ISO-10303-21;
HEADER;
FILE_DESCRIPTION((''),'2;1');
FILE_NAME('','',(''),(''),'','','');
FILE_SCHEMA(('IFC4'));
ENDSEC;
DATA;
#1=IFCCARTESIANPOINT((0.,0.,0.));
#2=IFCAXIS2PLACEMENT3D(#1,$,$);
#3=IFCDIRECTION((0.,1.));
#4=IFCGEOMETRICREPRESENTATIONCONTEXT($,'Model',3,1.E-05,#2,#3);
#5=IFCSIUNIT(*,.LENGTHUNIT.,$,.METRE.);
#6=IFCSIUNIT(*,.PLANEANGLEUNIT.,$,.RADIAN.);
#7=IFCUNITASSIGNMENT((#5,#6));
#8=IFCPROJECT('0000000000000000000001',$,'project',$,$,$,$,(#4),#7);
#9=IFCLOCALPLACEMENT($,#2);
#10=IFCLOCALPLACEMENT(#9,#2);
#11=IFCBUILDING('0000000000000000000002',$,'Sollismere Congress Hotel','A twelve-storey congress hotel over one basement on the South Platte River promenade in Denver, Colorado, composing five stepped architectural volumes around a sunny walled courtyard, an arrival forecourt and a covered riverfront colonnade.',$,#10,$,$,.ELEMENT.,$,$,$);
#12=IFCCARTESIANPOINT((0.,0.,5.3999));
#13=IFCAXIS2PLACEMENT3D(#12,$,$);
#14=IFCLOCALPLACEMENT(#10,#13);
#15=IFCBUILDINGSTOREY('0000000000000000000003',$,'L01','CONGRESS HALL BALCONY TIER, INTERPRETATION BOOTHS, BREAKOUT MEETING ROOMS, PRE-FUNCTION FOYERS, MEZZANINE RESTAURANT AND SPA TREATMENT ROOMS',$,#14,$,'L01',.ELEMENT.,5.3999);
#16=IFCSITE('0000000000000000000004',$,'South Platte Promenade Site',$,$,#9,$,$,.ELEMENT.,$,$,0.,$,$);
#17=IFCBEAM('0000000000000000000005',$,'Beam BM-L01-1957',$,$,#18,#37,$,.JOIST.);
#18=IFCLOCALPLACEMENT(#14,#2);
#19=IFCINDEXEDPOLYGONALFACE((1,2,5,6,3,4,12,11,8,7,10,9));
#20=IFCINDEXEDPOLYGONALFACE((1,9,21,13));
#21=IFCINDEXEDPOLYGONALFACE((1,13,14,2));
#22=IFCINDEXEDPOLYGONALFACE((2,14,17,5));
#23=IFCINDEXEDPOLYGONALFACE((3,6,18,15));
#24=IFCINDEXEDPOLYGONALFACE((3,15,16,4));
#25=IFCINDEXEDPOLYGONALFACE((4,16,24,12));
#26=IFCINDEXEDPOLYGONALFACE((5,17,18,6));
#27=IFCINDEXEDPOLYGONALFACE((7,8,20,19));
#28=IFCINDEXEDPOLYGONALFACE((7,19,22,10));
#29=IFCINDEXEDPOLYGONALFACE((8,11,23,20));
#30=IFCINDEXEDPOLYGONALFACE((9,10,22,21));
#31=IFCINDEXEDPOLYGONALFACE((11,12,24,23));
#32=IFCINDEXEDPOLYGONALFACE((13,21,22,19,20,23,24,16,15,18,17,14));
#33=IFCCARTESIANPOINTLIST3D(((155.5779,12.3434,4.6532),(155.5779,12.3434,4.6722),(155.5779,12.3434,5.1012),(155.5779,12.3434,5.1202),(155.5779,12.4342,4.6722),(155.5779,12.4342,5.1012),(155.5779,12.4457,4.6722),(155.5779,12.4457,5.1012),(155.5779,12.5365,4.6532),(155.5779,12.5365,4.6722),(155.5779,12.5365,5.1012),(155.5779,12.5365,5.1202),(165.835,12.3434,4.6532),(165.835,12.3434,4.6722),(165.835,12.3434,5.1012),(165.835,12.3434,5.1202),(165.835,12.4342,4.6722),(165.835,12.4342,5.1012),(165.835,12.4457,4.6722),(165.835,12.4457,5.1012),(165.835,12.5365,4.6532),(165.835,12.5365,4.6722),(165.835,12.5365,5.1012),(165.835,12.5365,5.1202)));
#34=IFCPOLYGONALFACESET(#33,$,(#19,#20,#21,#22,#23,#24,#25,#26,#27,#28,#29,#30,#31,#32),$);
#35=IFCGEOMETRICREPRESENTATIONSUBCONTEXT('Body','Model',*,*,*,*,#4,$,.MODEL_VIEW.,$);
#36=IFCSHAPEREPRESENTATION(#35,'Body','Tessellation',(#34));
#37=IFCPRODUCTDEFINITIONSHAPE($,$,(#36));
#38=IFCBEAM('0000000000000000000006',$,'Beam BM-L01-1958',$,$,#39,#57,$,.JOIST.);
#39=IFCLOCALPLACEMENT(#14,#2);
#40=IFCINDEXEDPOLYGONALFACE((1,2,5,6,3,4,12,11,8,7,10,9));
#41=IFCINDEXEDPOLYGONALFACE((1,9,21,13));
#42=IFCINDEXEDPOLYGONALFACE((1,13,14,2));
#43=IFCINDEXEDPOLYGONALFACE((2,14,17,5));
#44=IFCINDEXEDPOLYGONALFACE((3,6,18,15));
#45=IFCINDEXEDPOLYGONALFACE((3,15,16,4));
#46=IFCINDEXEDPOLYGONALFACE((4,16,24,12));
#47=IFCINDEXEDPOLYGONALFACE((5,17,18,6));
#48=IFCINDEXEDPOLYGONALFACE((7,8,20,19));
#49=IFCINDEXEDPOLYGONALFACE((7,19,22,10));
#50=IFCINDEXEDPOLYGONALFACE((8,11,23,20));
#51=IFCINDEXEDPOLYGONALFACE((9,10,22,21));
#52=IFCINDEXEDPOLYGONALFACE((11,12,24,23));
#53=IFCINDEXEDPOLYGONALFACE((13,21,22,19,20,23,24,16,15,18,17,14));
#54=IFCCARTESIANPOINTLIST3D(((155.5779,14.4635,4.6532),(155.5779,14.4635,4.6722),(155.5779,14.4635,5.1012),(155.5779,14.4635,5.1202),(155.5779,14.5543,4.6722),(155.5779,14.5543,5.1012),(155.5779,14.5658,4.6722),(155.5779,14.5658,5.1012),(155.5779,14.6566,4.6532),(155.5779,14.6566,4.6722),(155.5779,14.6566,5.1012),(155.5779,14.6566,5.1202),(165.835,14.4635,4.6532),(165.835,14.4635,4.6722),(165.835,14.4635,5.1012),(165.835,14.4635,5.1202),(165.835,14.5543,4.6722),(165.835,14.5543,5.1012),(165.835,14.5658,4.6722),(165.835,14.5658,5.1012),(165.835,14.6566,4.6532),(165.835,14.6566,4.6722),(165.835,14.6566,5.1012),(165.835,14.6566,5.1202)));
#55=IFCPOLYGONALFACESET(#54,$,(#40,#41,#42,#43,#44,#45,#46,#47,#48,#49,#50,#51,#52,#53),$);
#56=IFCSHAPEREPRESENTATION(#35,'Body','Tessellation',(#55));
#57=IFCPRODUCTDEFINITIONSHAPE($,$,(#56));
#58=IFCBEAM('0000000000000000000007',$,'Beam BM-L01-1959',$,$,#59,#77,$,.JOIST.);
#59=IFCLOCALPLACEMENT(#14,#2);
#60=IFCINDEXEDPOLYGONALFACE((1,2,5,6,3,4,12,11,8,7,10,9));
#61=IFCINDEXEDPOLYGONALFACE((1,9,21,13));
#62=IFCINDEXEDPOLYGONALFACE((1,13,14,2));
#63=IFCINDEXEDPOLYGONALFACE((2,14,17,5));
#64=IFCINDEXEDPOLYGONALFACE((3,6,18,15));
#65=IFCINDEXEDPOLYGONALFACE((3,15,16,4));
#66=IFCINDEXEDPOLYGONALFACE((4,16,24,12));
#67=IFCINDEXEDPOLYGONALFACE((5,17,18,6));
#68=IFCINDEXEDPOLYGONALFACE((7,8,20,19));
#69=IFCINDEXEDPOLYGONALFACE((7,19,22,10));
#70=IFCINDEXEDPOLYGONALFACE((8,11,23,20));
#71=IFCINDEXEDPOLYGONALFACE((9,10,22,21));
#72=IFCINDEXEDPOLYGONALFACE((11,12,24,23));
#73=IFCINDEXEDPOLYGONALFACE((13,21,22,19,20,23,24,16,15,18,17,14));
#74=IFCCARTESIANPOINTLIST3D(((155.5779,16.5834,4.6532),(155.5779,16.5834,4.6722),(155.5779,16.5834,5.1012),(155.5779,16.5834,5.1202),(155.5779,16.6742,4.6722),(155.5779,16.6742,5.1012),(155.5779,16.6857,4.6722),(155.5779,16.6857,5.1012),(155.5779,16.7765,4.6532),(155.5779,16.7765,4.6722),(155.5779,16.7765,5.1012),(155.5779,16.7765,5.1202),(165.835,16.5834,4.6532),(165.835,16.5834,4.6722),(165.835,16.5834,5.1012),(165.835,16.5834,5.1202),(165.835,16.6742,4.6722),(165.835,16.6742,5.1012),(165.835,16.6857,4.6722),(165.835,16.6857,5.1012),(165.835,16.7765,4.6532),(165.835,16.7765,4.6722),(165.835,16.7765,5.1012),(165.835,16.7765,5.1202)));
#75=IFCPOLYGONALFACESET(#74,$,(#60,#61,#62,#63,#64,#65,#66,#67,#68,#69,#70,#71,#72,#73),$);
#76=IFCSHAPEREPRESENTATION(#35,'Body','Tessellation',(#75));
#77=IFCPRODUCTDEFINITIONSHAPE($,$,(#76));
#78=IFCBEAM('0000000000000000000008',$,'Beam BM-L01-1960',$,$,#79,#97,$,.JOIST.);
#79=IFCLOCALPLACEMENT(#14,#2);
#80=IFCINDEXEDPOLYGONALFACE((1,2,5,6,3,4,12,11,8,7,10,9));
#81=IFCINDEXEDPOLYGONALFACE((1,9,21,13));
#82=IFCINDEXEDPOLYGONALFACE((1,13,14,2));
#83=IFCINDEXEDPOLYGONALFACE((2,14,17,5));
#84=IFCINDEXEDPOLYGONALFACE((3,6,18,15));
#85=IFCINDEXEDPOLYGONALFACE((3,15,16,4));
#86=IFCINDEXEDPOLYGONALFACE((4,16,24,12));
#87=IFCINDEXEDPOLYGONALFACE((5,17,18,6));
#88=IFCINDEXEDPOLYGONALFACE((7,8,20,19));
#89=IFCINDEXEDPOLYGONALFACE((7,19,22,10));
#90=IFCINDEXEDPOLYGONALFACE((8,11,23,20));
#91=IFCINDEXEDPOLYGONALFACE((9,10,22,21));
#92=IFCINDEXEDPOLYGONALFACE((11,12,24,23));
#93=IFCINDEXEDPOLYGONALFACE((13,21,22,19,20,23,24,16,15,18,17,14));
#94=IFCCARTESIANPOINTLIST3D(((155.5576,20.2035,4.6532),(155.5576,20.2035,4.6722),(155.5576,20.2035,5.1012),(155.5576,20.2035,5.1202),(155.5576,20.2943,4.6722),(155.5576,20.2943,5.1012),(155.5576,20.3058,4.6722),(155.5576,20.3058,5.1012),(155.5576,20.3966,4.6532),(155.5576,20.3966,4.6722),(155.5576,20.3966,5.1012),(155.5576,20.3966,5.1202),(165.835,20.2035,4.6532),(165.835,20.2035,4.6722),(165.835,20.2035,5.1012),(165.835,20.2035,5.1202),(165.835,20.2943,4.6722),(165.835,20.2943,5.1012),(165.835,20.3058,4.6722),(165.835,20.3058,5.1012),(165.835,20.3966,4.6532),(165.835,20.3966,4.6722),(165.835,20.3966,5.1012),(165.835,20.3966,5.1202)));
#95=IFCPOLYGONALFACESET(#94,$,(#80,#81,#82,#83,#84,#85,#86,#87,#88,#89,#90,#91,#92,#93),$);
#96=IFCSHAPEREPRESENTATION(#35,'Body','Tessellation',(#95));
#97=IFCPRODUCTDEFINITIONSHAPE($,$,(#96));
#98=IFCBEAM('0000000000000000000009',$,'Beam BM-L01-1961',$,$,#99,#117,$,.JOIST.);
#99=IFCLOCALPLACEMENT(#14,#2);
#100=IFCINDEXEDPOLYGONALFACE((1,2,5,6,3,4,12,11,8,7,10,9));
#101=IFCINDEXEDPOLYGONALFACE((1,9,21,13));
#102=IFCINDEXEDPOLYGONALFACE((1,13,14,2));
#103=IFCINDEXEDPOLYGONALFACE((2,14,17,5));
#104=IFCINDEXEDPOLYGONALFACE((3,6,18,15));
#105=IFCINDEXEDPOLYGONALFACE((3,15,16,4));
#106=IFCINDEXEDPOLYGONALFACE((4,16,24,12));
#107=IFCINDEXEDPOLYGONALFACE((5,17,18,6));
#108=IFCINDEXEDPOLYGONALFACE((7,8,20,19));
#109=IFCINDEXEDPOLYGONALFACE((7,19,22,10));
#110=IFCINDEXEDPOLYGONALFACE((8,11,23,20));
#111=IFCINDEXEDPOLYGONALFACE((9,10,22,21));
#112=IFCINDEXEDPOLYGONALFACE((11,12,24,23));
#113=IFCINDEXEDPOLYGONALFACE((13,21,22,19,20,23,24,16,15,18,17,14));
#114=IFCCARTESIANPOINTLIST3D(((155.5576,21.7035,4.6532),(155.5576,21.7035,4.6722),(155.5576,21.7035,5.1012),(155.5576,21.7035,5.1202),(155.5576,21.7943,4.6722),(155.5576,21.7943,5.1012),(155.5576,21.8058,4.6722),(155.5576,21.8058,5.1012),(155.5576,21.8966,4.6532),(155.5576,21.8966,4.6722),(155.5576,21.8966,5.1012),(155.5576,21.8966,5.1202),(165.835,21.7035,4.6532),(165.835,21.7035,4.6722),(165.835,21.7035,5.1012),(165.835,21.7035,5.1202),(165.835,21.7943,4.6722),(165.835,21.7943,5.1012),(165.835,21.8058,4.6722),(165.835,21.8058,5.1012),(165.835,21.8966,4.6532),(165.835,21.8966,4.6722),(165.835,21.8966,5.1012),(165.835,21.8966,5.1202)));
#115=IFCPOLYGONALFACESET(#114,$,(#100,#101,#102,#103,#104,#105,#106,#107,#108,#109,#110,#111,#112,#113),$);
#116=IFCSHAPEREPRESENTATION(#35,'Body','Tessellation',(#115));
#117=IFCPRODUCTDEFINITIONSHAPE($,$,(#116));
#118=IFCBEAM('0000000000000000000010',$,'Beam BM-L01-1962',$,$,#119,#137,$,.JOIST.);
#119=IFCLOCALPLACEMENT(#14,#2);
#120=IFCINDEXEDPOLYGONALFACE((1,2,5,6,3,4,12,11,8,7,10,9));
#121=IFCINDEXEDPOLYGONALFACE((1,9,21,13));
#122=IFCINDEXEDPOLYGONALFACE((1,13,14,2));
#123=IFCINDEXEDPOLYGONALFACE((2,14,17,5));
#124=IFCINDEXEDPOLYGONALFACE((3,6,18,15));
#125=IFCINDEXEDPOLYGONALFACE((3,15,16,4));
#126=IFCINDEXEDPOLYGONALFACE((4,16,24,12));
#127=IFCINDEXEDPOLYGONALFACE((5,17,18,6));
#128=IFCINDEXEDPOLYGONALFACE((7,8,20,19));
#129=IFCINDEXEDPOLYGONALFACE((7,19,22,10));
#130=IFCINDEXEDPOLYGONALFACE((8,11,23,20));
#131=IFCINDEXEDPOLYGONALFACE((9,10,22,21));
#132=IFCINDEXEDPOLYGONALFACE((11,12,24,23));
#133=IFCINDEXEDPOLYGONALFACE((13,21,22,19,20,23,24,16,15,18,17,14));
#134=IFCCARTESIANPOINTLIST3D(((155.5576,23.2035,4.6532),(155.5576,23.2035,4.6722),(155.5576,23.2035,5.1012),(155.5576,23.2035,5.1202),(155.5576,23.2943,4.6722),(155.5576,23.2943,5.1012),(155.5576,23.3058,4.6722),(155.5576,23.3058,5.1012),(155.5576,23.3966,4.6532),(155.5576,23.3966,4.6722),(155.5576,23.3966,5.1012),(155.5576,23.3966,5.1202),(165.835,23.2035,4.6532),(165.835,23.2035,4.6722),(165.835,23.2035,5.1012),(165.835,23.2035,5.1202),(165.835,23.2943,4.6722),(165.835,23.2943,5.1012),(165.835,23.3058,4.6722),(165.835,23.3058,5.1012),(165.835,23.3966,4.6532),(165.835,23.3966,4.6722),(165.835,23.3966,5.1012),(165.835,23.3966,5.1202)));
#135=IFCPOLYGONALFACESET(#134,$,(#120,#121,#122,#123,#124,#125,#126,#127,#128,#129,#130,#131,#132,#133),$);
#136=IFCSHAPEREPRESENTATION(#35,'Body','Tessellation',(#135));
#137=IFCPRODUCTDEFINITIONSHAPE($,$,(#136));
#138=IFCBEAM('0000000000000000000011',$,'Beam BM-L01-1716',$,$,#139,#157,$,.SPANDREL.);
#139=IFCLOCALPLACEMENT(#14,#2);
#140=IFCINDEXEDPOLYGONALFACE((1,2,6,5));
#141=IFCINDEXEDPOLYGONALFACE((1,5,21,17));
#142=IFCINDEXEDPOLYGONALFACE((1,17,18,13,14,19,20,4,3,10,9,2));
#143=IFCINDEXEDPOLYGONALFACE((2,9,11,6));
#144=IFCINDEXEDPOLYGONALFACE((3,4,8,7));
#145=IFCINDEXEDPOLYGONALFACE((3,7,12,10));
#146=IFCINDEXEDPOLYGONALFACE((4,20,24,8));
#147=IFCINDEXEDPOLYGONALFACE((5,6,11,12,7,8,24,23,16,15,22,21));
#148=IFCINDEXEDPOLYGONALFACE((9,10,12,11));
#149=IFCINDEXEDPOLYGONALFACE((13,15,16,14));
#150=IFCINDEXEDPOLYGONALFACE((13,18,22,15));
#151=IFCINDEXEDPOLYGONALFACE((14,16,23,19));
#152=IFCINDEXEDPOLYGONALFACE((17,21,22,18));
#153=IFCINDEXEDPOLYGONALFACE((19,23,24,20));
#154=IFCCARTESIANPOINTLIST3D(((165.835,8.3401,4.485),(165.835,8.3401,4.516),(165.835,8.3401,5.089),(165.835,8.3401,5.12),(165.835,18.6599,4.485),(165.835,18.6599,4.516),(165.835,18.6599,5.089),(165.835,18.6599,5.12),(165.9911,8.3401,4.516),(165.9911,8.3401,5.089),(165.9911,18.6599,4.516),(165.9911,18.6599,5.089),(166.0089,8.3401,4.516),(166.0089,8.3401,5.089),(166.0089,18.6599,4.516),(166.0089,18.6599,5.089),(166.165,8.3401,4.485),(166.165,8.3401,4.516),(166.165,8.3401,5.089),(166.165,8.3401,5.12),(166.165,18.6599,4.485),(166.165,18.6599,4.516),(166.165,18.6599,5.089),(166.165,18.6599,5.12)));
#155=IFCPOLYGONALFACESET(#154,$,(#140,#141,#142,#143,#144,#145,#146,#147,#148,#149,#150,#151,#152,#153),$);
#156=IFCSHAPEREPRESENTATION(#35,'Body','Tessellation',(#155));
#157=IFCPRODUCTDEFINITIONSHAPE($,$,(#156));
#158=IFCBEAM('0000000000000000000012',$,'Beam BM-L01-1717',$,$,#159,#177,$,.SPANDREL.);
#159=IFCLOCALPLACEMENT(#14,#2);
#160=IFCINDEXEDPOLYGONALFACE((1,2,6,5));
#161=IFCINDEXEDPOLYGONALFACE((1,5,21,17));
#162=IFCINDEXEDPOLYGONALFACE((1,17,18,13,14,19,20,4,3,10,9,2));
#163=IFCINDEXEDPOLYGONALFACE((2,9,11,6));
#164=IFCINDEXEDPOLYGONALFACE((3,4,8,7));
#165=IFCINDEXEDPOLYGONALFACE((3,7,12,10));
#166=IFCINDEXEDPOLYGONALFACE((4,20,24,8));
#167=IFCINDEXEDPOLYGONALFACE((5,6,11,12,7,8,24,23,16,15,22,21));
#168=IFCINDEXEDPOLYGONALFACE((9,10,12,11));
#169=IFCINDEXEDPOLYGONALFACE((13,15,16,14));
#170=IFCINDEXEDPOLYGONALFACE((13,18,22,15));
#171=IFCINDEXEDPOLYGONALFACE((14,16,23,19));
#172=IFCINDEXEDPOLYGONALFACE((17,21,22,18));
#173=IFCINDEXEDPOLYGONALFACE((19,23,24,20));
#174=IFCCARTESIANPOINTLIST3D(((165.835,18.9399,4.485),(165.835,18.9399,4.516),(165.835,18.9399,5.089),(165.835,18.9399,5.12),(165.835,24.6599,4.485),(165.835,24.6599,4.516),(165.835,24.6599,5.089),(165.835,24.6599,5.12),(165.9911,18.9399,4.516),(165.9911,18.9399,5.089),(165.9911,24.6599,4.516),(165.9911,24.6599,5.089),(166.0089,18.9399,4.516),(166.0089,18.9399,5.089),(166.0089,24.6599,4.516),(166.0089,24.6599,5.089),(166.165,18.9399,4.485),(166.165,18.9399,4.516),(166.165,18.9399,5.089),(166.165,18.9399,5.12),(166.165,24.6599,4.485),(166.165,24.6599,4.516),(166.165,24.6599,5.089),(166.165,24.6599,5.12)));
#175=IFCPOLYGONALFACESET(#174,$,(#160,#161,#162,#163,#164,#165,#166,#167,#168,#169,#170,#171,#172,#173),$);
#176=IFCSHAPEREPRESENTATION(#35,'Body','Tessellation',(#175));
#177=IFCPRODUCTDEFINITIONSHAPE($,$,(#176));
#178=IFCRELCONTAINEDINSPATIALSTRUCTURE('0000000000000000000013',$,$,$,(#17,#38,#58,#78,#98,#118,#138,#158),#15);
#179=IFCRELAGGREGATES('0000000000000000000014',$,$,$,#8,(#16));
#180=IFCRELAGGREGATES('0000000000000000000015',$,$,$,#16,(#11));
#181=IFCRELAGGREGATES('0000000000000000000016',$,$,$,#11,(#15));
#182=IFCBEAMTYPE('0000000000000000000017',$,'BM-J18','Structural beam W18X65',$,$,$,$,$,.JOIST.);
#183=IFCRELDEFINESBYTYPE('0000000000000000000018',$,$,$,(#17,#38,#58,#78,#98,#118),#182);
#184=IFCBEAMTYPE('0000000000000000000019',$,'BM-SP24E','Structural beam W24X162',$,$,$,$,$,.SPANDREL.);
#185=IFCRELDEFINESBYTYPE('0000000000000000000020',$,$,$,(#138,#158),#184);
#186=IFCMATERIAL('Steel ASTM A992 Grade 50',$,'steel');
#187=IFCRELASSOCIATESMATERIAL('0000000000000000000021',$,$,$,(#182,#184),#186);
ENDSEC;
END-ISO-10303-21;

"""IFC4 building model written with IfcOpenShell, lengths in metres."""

from ifc_helpers import new_model, si_unit, direction, frame, origin, origin_2d, place, context, subcontext, project, spatial, i_section, extrude, material, material_profile, profile_set, type_object, element, save


model = new_model("IFC4")

# Units and contexts
model_context = context("Model", 3, precision=1e-05, world=origin(), true_north=direction((0.0, 1.0)))
body_context = subcontext(model_context, "Body", "Model", "MODEL_VIEW")
ifc_project = project(units=[si_unit("LENGTHUNIT", "METRE"), si_unit("PLANEANGLEUNIT", "RADIAN")], contexts=[model_context])

# Site, building, storey
site_placement = place(None, origin())
site = spatial("IfcSite", under=ifc_project, at=site_placement, Name="South Platte Promenade Site", CompositionType="ELEMENT", RefElevation=0.0)
building_placement = place(site_placement, origin())
building = spatial("IfcBuilding", under=site, at=building_placement, Name="Sollismere Congress Hotel", Description="A twelve-storey congress hotel over one basement on the South Platte River promenade in Denver, Colorado, composing five stepped architectural volumes around a sunny walled courtyard, an arrival forecourt and a covered riverfront colonnade.", CompositionType="ELEMENT")
storey_placement = place(building_placement, frame((0.0, 0.0, 5.3999)))
storey = spatial("IfcBuildingStorey", under=building, at=storey_placement, Name="L01", Description="CONGRESS HALL BALCONY TIER, INTERPRETATION BOOTHS, BREAKOUT MEETING ROOMS, PRE-FUNCTION FOYERS, MEZZANINE RESTAURANT AND SPA TREATMENT ROOMS", LongName="L01", CompositionType="ELEMENT", Elevation=5.3999)

# Shared definitions
ifc_material_1 = material(Name="Steel ASTM A992 Grade 50", Category="steel")

# Beams
ifc_material_profile_1 = material_profile(ifc_material_1, i_section(OverallWidth=0.1931, OverallDepth=0.467, WebThickness=0.0115, FlangeThickness=0.019, at=origin_2d()), Name="W18X65")
ifc_profile_set_1 = profile_set([ifc_material_profile_1], Name="Steel ASTM A992 Grade 50")
beam_type_1 = type_object("IfcBeamType", Name="BM-J18", Description="Structural beam W18X65", PredefinedType="JOIST", material=ifc_profile_set_1)
for number, where, z_axis, x_axis, name in (
    (1, (155.5779, 12.4399, 4.8867), (1.0, 0.0, 0.0), (0.0, 1.0, 0.0), "Beam BM-L01-1957"),
    (2, (155.5779, 14.5601, 4.8867), (1.0, 0.0, 0.0), (0.0, 1.0, 0.0), "Beam BM-L01-1958"),
    (3, (155.5779, 16.6799, 4.8867), (1.0, 0.0, 0.0), (0.0, 1.0, 0.0), "Beam BM-L01-1959"),
):
    element("IfcBeam", number, at=place(storey_placement, frame(where, z_axis=z_axis, x_axis=x_axis)), inside=storey, type_object=beam_type_1, Name=name, PredefinedType="JOIST", context=body_context, shape_type="SweptSolid", body=[
        extrude(i_section(OverallWidth=0.1931, OverallDepth=0.467, WebThickness=0.0115, FlangeThickness=0.019, at=origin_2d()), origin(), (0.0, 0.0, 1.0), 10.2571),
    ])
for number, where, z_axis, x_axis, name in (
    (4, (155.5576, 20.3, 4.8867), (1.0, 0.0, 0.0), (0.0, 1.0, 0.0), "Beam BM-L01-1960"),
    (5, (155.5576, 21.8, 4.8867), (1.0, 0.0, 0.0), (0.0, 1.0, 0.0), "Beam BM-L01-1961"),
    (6, (155.5576, 23.3, 4.8867), (1.0, 0.0, 0.0), (0.0, 1.0, 0.0), "Beam BM-L01-1962"),
):
    element("IfcBeam", number, at=place(storey_placement, frame(where, z_axis=z_axis, x_axis=x_axis)), inside=storey, type_object=beam_type_1, Name=name, PredefinedType="JOIST", context=body_context, shape_type="SweptSolid", body=[
        extrude(i_section(OverallWidth=0.1931, OverallDepth=0.467, WebThickness=0.0115, FlangeThickness=0.019, at=origin_2d()), origin(), (0.0, 0.0, 1.0), 10.2773),
    ])
ifc_material_profile_2 = material_profile(ifc_material_1, i_section(OverallWidth=0.3301, OverallDepth=0.635, WebThickness=0.0178, FlangeThickness=0.031, at=origin_2d()), Name="W24X162")
ifc_profile_set_2 = profile_set([ifc_material_profile_2], Name="Steel ASTM A992 Grade 50")
beam_type_2 = type_object("IfcBeamType", Name="BM-SP24E", Description="Structural beam W24X162", PredefinedType="SPANDREL", material=ifc_profile_set_2)
beam_1_placement = place(storey_placement, frame((166.0, 8.3401, 4.8025), z_axis=(0.0, 1.0, 0.0), x_axis=(-1.0, 0.0, 0.0)))
element("IfcBeam", 7, at=beam_1_placement, inside=storey, type_object=beam_type_2, Name="Beam BM-L01-1716", PredefinedType="SPANDREL", context=body_context, shape_type="SweptSolid", body=[
    extrude(i_section(OverallWidth=0.3301, OverallDepth=0.635, WebThickness=0.0178, FlangeThickness=0.031, at=origin_2d()), origin(), (0.0, 0.0, 1.0), 10.3198),
])
beam_2_placement = place(storey_placement, frame((166.0, 18.9399, 4.8025), z_axis=(0.0, 1.0, 0.0), x_axis=(-1.0, 0.0, 0.0)))
element("IfcBeam", 8, at=beam_2_placement, inside=storey, type_object=beam_type_2, Name="Beam BM-L01-1717", PredefinedType="SPANDREL", context=body_context, shape_type="SweptSolid", body=[
    extrude(i_section(OverallWidth=0.3301, OverallDepth=0.635, WebThickness=0.0178, FlangeThickness=0.031, at=origin_2d()), origin(), (0.0, 0.0, 1.0), 5.72),
])

save(model, "model.ifc")
